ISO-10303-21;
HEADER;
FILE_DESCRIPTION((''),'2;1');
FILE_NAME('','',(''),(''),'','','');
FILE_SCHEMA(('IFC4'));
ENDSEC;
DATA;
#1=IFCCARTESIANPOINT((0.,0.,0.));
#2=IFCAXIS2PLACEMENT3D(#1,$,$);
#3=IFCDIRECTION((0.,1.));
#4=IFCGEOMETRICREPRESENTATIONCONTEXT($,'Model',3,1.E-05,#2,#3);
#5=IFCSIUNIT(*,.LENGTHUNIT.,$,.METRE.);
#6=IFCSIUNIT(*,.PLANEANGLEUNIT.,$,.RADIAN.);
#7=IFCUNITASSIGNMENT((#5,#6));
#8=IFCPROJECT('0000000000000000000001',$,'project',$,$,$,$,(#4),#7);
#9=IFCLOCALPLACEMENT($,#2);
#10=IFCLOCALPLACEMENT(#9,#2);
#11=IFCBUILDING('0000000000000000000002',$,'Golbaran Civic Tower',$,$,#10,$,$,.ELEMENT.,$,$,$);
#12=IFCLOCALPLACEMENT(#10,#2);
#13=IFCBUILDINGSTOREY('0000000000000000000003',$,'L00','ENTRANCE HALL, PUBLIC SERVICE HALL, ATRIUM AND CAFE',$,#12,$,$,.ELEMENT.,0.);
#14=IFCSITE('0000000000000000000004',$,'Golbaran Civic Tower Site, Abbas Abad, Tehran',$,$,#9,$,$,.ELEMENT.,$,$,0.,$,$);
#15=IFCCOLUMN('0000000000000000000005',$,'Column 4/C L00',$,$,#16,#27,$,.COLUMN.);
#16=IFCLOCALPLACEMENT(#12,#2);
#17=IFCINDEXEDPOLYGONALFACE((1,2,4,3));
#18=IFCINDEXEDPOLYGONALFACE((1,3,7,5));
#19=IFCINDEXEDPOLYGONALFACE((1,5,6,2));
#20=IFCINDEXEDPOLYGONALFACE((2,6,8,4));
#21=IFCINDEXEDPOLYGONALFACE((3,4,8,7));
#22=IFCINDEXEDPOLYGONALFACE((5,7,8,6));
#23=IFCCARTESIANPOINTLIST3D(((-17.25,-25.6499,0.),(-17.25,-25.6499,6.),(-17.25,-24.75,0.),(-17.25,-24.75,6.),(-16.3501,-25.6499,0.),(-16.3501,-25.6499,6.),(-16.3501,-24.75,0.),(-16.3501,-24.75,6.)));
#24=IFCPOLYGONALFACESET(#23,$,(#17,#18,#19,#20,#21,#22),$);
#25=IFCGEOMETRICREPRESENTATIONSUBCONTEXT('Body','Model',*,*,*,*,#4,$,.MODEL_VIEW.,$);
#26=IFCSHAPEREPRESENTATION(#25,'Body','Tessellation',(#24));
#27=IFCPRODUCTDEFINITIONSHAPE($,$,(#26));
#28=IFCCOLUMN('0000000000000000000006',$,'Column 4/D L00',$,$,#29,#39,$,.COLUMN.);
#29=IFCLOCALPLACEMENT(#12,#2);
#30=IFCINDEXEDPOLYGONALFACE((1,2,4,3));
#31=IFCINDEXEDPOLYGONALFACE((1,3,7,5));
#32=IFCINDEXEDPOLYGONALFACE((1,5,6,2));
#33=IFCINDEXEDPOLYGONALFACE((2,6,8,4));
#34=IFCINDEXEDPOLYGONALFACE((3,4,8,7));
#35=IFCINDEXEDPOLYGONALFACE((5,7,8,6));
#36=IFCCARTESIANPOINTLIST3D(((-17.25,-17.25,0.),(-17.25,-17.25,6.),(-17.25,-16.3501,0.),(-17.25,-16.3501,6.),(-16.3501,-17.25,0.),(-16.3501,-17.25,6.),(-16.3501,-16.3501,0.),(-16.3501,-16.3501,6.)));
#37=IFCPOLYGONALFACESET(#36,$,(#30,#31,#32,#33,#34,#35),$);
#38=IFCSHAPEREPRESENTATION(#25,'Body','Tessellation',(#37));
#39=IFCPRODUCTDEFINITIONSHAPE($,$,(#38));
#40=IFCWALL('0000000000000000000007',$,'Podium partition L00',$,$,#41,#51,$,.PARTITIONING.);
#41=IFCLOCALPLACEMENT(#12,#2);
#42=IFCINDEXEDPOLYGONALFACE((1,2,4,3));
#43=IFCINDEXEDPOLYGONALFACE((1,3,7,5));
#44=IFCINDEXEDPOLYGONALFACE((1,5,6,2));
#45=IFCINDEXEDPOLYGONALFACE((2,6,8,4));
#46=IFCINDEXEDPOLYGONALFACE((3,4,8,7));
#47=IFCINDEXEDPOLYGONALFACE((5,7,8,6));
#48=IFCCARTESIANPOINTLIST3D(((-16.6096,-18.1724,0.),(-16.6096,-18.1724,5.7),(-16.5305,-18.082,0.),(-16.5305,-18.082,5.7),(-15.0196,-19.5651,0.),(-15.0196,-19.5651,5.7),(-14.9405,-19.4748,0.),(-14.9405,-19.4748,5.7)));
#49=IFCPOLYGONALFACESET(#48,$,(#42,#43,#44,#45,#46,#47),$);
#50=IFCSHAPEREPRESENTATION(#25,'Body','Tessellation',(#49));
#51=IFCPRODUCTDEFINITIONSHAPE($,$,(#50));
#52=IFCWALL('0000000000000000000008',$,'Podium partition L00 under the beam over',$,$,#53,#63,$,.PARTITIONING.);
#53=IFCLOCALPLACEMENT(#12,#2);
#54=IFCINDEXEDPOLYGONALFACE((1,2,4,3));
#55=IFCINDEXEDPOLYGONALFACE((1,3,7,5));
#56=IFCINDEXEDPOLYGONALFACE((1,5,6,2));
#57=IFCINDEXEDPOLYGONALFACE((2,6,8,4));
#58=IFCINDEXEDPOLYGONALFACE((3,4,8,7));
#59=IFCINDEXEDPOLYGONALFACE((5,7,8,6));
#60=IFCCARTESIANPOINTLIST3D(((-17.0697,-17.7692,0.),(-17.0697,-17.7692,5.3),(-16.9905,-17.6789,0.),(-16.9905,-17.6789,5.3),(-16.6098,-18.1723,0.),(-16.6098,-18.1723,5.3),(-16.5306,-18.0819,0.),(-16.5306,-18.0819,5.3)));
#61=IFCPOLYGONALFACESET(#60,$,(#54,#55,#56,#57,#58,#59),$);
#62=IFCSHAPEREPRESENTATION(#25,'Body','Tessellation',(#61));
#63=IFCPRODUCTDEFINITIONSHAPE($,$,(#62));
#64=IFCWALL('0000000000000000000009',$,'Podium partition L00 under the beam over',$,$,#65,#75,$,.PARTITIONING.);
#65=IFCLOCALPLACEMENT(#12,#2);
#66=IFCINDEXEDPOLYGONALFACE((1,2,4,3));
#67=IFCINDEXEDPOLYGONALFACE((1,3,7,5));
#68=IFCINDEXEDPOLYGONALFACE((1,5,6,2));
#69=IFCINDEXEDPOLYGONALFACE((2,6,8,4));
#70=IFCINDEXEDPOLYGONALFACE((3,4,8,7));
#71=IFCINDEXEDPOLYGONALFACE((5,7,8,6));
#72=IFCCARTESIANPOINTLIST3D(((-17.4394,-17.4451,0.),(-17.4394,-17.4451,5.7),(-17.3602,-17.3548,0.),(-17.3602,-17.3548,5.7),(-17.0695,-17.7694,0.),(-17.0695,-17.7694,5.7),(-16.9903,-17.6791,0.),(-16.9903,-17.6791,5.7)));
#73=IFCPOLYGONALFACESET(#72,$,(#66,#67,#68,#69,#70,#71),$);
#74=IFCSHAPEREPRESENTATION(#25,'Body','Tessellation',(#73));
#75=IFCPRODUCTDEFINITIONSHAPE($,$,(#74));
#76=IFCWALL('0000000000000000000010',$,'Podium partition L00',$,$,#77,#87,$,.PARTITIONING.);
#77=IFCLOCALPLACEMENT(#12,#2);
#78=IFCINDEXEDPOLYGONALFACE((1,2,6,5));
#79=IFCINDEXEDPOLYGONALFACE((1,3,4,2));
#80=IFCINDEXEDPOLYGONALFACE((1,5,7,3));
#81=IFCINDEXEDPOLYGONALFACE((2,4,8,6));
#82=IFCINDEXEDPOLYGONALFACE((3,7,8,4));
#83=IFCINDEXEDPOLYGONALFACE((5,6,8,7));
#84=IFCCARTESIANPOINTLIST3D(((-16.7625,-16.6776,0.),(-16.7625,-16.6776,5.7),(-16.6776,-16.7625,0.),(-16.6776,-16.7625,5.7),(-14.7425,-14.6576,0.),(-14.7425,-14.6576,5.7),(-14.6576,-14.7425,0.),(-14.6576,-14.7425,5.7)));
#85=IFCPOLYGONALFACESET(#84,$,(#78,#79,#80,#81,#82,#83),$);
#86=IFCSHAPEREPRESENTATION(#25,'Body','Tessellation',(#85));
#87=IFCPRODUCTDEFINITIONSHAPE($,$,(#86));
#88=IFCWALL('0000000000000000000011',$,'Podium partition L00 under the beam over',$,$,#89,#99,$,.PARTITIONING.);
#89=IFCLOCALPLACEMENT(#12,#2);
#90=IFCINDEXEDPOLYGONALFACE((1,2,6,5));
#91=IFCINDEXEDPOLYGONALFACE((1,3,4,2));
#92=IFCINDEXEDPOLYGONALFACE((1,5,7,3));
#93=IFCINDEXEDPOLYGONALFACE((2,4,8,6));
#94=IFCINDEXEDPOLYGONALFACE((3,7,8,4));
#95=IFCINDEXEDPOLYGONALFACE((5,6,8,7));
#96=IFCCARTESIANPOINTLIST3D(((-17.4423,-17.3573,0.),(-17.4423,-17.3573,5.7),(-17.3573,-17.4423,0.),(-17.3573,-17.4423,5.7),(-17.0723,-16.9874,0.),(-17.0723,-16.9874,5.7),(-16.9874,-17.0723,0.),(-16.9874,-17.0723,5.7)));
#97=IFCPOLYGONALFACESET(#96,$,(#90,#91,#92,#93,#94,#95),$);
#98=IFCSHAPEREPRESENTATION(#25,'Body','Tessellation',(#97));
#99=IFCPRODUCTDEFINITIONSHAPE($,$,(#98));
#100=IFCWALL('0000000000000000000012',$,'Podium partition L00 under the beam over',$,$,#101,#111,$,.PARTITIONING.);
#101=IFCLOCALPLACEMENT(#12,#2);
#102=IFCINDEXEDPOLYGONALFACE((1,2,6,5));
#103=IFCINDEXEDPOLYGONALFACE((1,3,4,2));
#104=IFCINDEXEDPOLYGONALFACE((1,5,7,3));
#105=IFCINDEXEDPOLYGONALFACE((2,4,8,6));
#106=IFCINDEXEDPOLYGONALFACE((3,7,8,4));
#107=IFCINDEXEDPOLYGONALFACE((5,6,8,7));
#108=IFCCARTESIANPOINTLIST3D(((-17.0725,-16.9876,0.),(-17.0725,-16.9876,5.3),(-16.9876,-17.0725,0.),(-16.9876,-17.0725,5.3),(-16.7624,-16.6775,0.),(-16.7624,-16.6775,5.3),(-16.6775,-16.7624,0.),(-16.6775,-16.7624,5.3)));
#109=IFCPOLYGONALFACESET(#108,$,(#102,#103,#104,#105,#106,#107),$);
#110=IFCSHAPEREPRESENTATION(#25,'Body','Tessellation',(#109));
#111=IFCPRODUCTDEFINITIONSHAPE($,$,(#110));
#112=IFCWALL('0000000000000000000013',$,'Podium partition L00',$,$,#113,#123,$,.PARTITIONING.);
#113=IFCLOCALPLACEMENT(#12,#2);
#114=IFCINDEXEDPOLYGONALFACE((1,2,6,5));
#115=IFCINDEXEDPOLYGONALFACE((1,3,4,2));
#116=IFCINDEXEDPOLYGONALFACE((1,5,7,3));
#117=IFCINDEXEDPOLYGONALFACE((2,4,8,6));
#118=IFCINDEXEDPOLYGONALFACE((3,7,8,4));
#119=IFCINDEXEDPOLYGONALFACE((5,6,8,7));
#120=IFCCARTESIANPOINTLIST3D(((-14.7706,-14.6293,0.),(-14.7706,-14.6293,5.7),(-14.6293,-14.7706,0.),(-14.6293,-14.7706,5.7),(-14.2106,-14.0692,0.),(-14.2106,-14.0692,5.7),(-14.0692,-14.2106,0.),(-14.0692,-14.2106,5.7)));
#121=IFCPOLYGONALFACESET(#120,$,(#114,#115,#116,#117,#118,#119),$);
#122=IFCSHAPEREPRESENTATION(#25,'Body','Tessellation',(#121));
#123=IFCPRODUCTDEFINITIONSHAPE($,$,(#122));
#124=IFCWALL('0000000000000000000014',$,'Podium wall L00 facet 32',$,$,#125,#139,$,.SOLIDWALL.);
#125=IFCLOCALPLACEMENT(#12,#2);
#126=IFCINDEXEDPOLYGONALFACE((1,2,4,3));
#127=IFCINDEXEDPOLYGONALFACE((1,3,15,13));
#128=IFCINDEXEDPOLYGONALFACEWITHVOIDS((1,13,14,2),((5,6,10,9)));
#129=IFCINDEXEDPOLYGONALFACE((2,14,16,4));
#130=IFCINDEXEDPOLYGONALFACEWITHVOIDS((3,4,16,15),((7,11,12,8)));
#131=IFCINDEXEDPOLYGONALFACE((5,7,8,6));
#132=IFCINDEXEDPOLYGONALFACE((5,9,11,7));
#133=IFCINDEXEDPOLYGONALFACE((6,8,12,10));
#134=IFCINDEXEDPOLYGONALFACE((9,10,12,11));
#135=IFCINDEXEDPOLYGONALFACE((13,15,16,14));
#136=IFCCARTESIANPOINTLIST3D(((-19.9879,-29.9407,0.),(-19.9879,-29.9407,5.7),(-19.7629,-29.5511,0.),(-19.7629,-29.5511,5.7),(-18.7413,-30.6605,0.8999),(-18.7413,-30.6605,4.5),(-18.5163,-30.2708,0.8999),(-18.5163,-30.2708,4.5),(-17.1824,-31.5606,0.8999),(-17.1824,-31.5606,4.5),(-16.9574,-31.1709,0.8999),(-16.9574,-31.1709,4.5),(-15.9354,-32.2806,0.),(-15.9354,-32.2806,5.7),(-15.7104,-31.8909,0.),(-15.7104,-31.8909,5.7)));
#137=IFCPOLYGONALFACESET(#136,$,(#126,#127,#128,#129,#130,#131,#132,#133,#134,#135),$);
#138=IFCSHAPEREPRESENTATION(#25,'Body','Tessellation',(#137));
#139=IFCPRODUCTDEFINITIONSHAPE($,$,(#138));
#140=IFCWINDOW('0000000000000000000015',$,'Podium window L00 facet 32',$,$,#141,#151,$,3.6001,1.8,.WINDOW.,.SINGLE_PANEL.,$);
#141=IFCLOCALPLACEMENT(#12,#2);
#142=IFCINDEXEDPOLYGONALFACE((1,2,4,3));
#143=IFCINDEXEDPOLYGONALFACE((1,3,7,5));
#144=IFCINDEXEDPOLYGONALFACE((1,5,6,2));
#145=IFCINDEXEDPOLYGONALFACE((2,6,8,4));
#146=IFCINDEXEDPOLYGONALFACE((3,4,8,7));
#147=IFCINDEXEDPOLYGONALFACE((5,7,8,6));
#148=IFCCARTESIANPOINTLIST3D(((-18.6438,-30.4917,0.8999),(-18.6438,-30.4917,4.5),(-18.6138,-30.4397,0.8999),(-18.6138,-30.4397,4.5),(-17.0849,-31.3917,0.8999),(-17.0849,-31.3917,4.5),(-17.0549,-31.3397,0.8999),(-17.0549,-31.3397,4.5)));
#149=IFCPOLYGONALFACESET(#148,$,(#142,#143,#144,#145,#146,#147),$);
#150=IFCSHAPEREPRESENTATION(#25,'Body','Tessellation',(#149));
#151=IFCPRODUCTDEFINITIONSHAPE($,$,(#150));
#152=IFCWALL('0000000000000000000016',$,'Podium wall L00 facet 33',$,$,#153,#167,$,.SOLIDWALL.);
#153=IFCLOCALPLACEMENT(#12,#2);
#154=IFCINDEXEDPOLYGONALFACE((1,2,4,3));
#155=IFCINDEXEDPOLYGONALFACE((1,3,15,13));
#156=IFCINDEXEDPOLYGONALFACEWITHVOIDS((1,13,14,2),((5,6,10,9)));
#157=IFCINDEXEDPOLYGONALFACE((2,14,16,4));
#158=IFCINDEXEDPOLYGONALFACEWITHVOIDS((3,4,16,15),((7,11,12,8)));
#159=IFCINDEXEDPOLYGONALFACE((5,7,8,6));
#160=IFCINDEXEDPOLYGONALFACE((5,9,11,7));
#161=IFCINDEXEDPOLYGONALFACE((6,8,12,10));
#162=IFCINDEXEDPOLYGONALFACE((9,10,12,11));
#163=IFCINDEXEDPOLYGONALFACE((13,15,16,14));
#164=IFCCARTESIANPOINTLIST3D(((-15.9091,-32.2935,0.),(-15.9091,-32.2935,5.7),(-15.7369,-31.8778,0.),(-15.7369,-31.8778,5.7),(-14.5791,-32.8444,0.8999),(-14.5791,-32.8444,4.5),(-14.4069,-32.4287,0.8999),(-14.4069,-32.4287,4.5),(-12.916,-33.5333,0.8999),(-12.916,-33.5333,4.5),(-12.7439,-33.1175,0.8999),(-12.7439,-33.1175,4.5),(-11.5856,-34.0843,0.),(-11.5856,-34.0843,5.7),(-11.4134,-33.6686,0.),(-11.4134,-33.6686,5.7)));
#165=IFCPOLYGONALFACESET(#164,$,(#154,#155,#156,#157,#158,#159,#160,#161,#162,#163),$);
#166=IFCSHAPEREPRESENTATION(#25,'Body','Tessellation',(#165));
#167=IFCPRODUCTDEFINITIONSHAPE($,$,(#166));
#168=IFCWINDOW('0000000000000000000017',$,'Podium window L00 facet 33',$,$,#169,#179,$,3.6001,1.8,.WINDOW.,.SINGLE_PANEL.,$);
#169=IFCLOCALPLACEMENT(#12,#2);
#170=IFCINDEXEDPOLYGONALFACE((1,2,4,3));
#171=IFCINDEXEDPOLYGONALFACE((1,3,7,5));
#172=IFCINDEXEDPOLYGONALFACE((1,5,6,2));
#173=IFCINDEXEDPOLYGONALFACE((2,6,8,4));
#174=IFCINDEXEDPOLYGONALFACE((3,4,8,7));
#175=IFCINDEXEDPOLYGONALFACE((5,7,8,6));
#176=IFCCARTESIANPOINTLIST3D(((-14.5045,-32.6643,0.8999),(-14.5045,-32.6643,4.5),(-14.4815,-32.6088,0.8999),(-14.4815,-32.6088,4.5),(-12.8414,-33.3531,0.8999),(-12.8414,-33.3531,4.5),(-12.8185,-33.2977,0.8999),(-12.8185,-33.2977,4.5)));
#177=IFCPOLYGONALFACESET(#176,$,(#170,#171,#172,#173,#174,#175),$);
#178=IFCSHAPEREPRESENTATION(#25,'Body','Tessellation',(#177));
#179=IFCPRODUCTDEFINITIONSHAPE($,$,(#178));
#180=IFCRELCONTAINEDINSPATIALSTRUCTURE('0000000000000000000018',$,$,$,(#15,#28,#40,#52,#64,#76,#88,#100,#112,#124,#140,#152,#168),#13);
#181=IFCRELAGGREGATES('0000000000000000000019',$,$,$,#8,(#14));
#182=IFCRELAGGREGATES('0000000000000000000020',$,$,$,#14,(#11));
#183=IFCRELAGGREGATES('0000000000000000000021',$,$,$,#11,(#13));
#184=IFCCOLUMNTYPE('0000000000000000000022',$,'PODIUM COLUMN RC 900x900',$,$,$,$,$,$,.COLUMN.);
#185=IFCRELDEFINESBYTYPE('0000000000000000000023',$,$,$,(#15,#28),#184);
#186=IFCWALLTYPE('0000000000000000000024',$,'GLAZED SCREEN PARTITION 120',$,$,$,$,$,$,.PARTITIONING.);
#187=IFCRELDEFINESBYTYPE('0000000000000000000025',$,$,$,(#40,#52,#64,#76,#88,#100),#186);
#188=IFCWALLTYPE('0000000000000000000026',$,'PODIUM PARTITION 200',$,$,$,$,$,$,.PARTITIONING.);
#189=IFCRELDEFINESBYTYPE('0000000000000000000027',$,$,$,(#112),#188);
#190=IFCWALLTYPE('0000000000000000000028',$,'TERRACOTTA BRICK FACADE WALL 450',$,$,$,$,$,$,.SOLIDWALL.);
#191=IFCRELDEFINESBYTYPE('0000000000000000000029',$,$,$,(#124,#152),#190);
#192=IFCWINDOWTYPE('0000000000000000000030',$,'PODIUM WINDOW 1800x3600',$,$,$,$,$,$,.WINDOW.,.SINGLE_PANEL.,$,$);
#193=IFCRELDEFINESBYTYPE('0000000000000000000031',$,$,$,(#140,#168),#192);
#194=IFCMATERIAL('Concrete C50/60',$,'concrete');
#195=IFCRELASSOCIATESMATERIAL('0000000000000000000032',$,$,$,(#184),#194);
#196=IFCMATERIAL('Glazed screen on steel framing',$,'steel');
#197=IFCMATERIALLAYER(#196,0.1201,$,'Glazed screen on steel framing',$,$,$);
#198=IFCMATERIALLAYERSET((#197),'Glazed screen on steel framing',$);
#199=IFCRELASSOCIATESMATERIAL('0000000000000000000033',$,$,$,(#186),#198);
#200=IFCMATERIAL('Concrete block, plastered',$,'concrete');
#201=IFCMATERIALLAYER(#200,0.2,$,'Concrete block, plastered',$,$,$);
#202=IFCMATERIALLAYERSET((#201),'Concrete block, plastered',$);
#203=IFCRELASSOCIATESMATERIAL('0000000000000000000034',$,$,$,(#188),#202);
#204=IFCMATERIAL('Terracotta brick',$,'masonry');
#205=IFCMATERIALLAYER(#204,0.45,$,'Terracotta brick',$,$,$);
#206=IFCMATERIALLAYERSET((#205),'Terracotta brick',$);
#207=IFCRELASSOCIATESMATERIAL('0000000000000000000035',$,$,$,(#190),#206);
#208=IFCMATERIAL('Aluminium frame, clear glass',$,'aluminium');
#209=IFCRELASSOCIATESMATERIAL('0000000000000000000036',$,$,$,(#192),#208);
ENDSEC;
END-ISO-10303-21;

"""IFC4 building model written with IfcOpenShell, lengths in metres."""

from ifc_helpers import new_model, si_unit, direction, frame, frame_2d, origin, origin_2d, place, context, subcontext, project, spatial, rectangle, extrude, material, layer, layer_set, material_profile, profile_set, type_object, element, fill, save


model = new_model("IFC4")

# Units and contexts
model_context = context("Model", 3, precision=1e-05, world=origin(), true_north=direction((0.0, 1.0)))
body_context = subcontext(model_context, "Body", "Model", "MODEL_VIEW")
ifc_project = project(units=[si_unit("LENGTHUNIT", "METRE"), si_unit("PLANEANGLEUNIT", "RADIAN")], contexts=[model_context])

# Site, building, storey
site_placement = place(None, origin())
site = spatial("IfcSite", under=ifc_project, at=site_placement, Name="Golbaran Civic Tower Site, Abbas Abad, Tehran", CompositionType="ELEMENT", RefElevation=0.0)
building_placement = place(site_placement, origin())
building = spatial("IfcBuilding", under=site, at=building_placement, Name="Golbaran Civic Tower", CompositionType="ELEMENT")
storey_placement = place(building_placement, origin())
storey = spatial("IfcBuildingStorey", under=building, at=storey_placement, Name="L00", Description="ENTRANCE HALL, PUBLIC SERVICE HALL, ATRIUM AND CAFE", CompositionType="ELEMENT", Elevation=0.0)

# Columns
ifc_material_1 = material(Name="Concrete C50/60", Category="concrete")
ifc_material_profile = material_profile(ifc_material_1, rectangle(XDim=0.8999, YDim=0.8999, at=origin_2d()), Name="RC 900x900")
ifc_profile_set = profile_set([ifc_material_profile], Name="Concrete C50/60")
column_type = type_object("IfcColumnType", Name="PODIUM COLUMN RC 900x900", PredefinedType="COLUMN", material=ifc_profile_set)
for number, where, z_axis, x_axis, name in (
    (1, (-16.8, -25.2, 0.0), (0.0, 0.0, 1.0), (1.0, 0.0, 0.0), "Column 4/C L00"),
    (2, (-16.8, -16.8, 0.0), (0.0, 0.0, 1.0), (1.0, 0.0, 0.0), "Column 4/D L00"),
):
    element("IfcColumn", number, at=place(storey_placement, frame(where, z_axis=z_axis, x_axis=x_axis)), inside=storey, type_object=column_type, Name=name, PredefinedType="COLUMN", context=body_context, shape_type="SweptSolid", body=[
        extrude(rectangle(XDim=0.8999, YDim=0.8999, at=origin_2d()), origin(), (0.0, 0.0, 1.0), 6.0),
    ])

# Walls
ifc_material_2 = material(Name="Glazed screen on steel framing", Category="steel")
ifc_layer_1 = layer(ifc_material_2, 0.1201, Name="Glazed screen on steel framing")
ifc_layer_set_1 = layer_set([ifc_layer_1], Name="Glazed screen on steel framing")
wall_type_1 = type_object("IfcWallType", Name="GLAZED SCREEN PARTITION 120", PredefinedType="PARTITIONING", material=ifc_layer_set_1)
wall_1_placement = place(storey_placement, frame((-16.5701, -18.1272, 0.0), z_axis=(0.0, 0.0, 1.0), x_axis=(0.752226, -0.658905, 0.0)))
element("IfcWall", 3, at=wall_1_placement, inside=storey, type_object=wall_type_1, Name="Podium partition L00", PredefinedType="PARTITIONING", context=body_context, shape_type="SweptSolid", body=[
    extrude(rectangle(XDim=2.1138, YDim=0.1201, at=frame_2d((1.0569, 0.0))), origin(), (0.0, 0.0, 1.0), 5.7),
])
wall_2_placement = place(storey_placement, frame((-17.03, -17.7241, 0.0), z_axis=(0.0, 0.0, 1.0), x_axis=(0.752082, -0.65907, 0.0)))
element("IfcWall", 4, at=wall_2_placement, inside=storey, type_object=wall_type_1, Name="Podium partition L00 under the beam over", PredefinedType="PARTITIONING", context=body_context, shape_type="SweptSolid", body=[
    extrude(rectangle(XDim=0.6116, YDim=0.1201, at=frame_2d((0.3057, 0.0))), origin(), (0.0, 0.0, 1.0), 5.3),
])
wall_3_placement = place(storey_placement, frame((-17.3999, -17.3999, 0.0), z_axis=(0.0, 0.0, 1.0), x_axis=(0.751992, -0.659172, 0.0)))
element("IfcWall", 5, at=wall_3_placement, inside=storey, type_object=wall_type_1, Name="Podium partition L00 under the beam over", PredefinedType="PARTITIONING", context=body_context, shape_type="SweptSolid", body=[
    extrude(rectangle(XDim=0.4919, YDim=0.1201, at=frame_2d((0.2461, 0.0))), origin(), (0.0, 0.0, 1.0), 5.7),
])
wall_4_placement = place(storey_placement, frame((-16.72, -16.72, 0.0), z_axis=(0.0, 0.0, 1.0), x_axis=(0.707107, 0.707107, 0.0)))
element("IfcWall", 6, at=wall_4_placement, inside=storey, type_object=wall_type_1, Name="Podium partition L00", PredefinedType="PARTITIONING", context=body_context, shape_type="SweptSolid", body=[
    extrude(rectangle(XDim=2.8567, YDim=0.1201, at=frame_2d((1.4282, 0.0))), origin(), (0.0, 0.0, 1.0), 5.7),
])
wall_5_placement = place(storey_placement, frame((-17.3999, -17.3999, 0.0), z_axis=(0.0, 0.0, 1.0), x_axis=(0.707107, 0.707107, 0.0)))
element("IfcWall", 7, at=wall_5_placement, inside=storey, type_object=wall_type_1, Name="Podium partition L00 under the beam over", PredefinedType="PARTITIONING", context=body_context, shape_type="SweptSolid", body=[
    extrude(rectangle(XDim=0.5232, YDim=0.1201, at=frame_2d((0.2617, 0.0))), origin(), (0.0, 0.0, 1.0), 5.7),
])
wall_6_placement = place(storey_placement, frame((-17.03, -17.03, 0.0), z_axis=(0.0, 0.0, 1.0), x_axis=(0.707107, 0.707107, 0.0)))
element("IfcWall", 8, at=wall_6_placement, inside=storey, type_object=wall_type_1, Name="Podium partition L00 under the beam over", PredefinedType="PARTITIONING", context=body_context, shape_type="SweptSolid", body=[
    extrude(rectangle(XDim=0.4385, YDim=0.1201, at=frame_2d((0.2192, 0.0))), origin(), (0.0, 0.0, 1.0), 5.3),
])

# Wall
ifc_material_3 = material(Name="Concrete block, plastered", Category="concrete")
ifc_layer_2 = layer(ifc_material_3, 0.2, Name="Concrete block, plastered")
ifc_layer_set_2 = layer_set([ifc_layer_2], Name="Concrete block, plastered")
wall_type_2 = type_object("IfcWallType", Name="PODIUM PARTITION 200", PredefinedType="PARTITIONING", material=ifc_layer_set_2)
wall_7_placement = place(storey_placement, frame((-14.7, -14.7, 0.0), z_axis=(0.0, 0.0, 1.0), x_axis=(0.707107, 0.707107, 0.0)))
element("IfcWall", 9, at=wall_7_placement, inside=storey, type_object=wall_type_2, Name="Podium partition L00", PredefinedType="PARTITIONING", context=body_context, shape_type="SweptSolid", body=[
    extrude(rectangle(XDim=0.792, YDim=0.2, at=frame_2d((0.396, 0.0))), origin(), (0.0, 0.0, 1.0), 5.7),
])

# Walls, openings, windows
ifc_material_4 = material(Name="Terracotta brick", Category="masonry")
ifc_layer_3 = layer(ifc_material_4, 0.45, Name="Terracotta brick")
ifc_layer_set_3 = layer_set([ifc_layer_3], Name="Terracotta brick")
wall_type_3 = type_object("IfcWallType", Name="TERRACOTTA BRICK FACADE WALL 450", PredefinedType="SOLIDWALL", material=ifc_layer_set_3)
wall_8_placement = place(storey_placement, frame((-19.8755, -29.7458, 0.0), z_axis=(0.0, 0.0, 1.0), x_axis=(0.866013, -0.500022, 0.0)))
wall_8 = element("IfcWall", 10, at=wall_8_placement, inside=storey, type_object=wall_type_3, Name="Podium wall L00 facet 32", PredefinedType="SOLIDWALL", context=body_context, shape_type="SweptSolid", body=[
    extrude(rectangle(XDim=4.6794, YDim=0.45, at=frame_2d((2.3398, 0.0))), origin(), (0.0, 0.0, 1.0), 5.7),
])
opening_1_placement = place(wall_8_placement, frame((1.4397, 0.0, 0.8999)))
opening_1 = element("IfcOpeningElement", 11, at=opening_1_placement, cuts=wall_8, PredefinedType="OPENING", context=body_context, shape_type="SweptSolid", body=[
    extrude(rectangle(XDim=1.8, YDim=3.6001, at=frame_2d((0.8999, 1.8))), frame((0.0, 0.2349, 0.0), z_axis=(0.0, -1.0, 0.0), x_axis=(1.0, 0.0, 0.0)), (0.0, 0.0, 1.0), 0.47),
])
ifc_material_5 = material(Name="Aluminium frame, clear glass", Category="aluminium")
window_type = type_object("IfcWindowType", Name="PODIUM WINDOW 1800x3600", PartitioningType="SINGLE_PANEL", PredefinedType="WINDOW", material=ifc_material_5)
window_1_placement = place(opening_1_placement, origin())
window_1 = element("IfcWindow", 12, at=window_1_placement, inside=storey, type_object=window_type, Name="Podium window L00 facet 32", OverallHeight=3.6001, OverallWidth=1.8, PartitioningType="SINGLE_PANEL", PredefinedType="WINDOW", context=body_context, shape_type="SweptSolid", body=[
    extrude(rectangle(XDim=1.8, YDim=3.6001, at=frame_2d((0.8999, 1.8))), frame((0.0, 0.03, 0.0), z_axis=(0.0, -1.0, 0.0), x_axis=(1.0, 0.0, 0.0)), (0.0, 0.0, 1.0), 0.0601),
])
fill(opening_1, window_1)
wall_9_placement = place(storey_placement, frame((-15.823, -32.0857, 0.0), z_axis=(0.0, 0.0, 1.0), x_axis=(0.923885, -0.38267, 0.0)))
wall_9 = element("IfcWall", 13, at=wall_9_placement, inside=storey, type_object=wall_type_3, Name="Podium wall L00 facet 33", PredefinedType="SOLIDWALL", context=body_context, shape_type="SweptSolid", body=[
    extrude(rectangle(XDim=4.6797, YDim=0.45, at=frame_2d((2.3398, 0.0))), origin(), (0.0, 0.0, 1.0), 5.7),
])
opening_2_placement = place(wall_9_placement, frame((1.4397, 0.0, 0.8999)))
opening_2 = element("IfcOpeningElement", 14, at=opening_2_placement, cuts=wall_9, PredefinedType="OPENING", context=body_context, shape_type="SweptSolid", body=[
    extrude(rectangle(XDim=1.8, YDim=3.6001, at=frame_2d((0.8999, 1.8))), frame((0.0, 0.2349, 0.0), z_axis=(0.0, -1.0, 0.0), x_axis=(1.0, 0.0, 0.0)), (0.0, 0.0, 1.0), 0.47),
])
window_2_placement = place(opening_2_placement, origin())
window_2 = element("IfcWindow", 15, at=window_2_placement, inside=storey, type_object=window_type, Name="Podium window L00 facet 33", OverallHeight=3.6001, OverallWidth=1.8, PartitioningType="SINGLE_PANEL", PredefinedType="WINDOW", context=body_context, shape_type="SweptSolid", body=[
    extrude(rectangle(XDim=1.8, YDim=3.6001, at=frame_2d((0.8999, 1.8))), frame((0.0, 0.03, 0.0), z_axis=(0.0, -1.0, 0.0), x_axis=(1.0, 0.0, 0.0)), (0.0, 0.0, 1.0), 0.0601),
])
fill(opening_2, window_2)

save(model, "model.ifc")
